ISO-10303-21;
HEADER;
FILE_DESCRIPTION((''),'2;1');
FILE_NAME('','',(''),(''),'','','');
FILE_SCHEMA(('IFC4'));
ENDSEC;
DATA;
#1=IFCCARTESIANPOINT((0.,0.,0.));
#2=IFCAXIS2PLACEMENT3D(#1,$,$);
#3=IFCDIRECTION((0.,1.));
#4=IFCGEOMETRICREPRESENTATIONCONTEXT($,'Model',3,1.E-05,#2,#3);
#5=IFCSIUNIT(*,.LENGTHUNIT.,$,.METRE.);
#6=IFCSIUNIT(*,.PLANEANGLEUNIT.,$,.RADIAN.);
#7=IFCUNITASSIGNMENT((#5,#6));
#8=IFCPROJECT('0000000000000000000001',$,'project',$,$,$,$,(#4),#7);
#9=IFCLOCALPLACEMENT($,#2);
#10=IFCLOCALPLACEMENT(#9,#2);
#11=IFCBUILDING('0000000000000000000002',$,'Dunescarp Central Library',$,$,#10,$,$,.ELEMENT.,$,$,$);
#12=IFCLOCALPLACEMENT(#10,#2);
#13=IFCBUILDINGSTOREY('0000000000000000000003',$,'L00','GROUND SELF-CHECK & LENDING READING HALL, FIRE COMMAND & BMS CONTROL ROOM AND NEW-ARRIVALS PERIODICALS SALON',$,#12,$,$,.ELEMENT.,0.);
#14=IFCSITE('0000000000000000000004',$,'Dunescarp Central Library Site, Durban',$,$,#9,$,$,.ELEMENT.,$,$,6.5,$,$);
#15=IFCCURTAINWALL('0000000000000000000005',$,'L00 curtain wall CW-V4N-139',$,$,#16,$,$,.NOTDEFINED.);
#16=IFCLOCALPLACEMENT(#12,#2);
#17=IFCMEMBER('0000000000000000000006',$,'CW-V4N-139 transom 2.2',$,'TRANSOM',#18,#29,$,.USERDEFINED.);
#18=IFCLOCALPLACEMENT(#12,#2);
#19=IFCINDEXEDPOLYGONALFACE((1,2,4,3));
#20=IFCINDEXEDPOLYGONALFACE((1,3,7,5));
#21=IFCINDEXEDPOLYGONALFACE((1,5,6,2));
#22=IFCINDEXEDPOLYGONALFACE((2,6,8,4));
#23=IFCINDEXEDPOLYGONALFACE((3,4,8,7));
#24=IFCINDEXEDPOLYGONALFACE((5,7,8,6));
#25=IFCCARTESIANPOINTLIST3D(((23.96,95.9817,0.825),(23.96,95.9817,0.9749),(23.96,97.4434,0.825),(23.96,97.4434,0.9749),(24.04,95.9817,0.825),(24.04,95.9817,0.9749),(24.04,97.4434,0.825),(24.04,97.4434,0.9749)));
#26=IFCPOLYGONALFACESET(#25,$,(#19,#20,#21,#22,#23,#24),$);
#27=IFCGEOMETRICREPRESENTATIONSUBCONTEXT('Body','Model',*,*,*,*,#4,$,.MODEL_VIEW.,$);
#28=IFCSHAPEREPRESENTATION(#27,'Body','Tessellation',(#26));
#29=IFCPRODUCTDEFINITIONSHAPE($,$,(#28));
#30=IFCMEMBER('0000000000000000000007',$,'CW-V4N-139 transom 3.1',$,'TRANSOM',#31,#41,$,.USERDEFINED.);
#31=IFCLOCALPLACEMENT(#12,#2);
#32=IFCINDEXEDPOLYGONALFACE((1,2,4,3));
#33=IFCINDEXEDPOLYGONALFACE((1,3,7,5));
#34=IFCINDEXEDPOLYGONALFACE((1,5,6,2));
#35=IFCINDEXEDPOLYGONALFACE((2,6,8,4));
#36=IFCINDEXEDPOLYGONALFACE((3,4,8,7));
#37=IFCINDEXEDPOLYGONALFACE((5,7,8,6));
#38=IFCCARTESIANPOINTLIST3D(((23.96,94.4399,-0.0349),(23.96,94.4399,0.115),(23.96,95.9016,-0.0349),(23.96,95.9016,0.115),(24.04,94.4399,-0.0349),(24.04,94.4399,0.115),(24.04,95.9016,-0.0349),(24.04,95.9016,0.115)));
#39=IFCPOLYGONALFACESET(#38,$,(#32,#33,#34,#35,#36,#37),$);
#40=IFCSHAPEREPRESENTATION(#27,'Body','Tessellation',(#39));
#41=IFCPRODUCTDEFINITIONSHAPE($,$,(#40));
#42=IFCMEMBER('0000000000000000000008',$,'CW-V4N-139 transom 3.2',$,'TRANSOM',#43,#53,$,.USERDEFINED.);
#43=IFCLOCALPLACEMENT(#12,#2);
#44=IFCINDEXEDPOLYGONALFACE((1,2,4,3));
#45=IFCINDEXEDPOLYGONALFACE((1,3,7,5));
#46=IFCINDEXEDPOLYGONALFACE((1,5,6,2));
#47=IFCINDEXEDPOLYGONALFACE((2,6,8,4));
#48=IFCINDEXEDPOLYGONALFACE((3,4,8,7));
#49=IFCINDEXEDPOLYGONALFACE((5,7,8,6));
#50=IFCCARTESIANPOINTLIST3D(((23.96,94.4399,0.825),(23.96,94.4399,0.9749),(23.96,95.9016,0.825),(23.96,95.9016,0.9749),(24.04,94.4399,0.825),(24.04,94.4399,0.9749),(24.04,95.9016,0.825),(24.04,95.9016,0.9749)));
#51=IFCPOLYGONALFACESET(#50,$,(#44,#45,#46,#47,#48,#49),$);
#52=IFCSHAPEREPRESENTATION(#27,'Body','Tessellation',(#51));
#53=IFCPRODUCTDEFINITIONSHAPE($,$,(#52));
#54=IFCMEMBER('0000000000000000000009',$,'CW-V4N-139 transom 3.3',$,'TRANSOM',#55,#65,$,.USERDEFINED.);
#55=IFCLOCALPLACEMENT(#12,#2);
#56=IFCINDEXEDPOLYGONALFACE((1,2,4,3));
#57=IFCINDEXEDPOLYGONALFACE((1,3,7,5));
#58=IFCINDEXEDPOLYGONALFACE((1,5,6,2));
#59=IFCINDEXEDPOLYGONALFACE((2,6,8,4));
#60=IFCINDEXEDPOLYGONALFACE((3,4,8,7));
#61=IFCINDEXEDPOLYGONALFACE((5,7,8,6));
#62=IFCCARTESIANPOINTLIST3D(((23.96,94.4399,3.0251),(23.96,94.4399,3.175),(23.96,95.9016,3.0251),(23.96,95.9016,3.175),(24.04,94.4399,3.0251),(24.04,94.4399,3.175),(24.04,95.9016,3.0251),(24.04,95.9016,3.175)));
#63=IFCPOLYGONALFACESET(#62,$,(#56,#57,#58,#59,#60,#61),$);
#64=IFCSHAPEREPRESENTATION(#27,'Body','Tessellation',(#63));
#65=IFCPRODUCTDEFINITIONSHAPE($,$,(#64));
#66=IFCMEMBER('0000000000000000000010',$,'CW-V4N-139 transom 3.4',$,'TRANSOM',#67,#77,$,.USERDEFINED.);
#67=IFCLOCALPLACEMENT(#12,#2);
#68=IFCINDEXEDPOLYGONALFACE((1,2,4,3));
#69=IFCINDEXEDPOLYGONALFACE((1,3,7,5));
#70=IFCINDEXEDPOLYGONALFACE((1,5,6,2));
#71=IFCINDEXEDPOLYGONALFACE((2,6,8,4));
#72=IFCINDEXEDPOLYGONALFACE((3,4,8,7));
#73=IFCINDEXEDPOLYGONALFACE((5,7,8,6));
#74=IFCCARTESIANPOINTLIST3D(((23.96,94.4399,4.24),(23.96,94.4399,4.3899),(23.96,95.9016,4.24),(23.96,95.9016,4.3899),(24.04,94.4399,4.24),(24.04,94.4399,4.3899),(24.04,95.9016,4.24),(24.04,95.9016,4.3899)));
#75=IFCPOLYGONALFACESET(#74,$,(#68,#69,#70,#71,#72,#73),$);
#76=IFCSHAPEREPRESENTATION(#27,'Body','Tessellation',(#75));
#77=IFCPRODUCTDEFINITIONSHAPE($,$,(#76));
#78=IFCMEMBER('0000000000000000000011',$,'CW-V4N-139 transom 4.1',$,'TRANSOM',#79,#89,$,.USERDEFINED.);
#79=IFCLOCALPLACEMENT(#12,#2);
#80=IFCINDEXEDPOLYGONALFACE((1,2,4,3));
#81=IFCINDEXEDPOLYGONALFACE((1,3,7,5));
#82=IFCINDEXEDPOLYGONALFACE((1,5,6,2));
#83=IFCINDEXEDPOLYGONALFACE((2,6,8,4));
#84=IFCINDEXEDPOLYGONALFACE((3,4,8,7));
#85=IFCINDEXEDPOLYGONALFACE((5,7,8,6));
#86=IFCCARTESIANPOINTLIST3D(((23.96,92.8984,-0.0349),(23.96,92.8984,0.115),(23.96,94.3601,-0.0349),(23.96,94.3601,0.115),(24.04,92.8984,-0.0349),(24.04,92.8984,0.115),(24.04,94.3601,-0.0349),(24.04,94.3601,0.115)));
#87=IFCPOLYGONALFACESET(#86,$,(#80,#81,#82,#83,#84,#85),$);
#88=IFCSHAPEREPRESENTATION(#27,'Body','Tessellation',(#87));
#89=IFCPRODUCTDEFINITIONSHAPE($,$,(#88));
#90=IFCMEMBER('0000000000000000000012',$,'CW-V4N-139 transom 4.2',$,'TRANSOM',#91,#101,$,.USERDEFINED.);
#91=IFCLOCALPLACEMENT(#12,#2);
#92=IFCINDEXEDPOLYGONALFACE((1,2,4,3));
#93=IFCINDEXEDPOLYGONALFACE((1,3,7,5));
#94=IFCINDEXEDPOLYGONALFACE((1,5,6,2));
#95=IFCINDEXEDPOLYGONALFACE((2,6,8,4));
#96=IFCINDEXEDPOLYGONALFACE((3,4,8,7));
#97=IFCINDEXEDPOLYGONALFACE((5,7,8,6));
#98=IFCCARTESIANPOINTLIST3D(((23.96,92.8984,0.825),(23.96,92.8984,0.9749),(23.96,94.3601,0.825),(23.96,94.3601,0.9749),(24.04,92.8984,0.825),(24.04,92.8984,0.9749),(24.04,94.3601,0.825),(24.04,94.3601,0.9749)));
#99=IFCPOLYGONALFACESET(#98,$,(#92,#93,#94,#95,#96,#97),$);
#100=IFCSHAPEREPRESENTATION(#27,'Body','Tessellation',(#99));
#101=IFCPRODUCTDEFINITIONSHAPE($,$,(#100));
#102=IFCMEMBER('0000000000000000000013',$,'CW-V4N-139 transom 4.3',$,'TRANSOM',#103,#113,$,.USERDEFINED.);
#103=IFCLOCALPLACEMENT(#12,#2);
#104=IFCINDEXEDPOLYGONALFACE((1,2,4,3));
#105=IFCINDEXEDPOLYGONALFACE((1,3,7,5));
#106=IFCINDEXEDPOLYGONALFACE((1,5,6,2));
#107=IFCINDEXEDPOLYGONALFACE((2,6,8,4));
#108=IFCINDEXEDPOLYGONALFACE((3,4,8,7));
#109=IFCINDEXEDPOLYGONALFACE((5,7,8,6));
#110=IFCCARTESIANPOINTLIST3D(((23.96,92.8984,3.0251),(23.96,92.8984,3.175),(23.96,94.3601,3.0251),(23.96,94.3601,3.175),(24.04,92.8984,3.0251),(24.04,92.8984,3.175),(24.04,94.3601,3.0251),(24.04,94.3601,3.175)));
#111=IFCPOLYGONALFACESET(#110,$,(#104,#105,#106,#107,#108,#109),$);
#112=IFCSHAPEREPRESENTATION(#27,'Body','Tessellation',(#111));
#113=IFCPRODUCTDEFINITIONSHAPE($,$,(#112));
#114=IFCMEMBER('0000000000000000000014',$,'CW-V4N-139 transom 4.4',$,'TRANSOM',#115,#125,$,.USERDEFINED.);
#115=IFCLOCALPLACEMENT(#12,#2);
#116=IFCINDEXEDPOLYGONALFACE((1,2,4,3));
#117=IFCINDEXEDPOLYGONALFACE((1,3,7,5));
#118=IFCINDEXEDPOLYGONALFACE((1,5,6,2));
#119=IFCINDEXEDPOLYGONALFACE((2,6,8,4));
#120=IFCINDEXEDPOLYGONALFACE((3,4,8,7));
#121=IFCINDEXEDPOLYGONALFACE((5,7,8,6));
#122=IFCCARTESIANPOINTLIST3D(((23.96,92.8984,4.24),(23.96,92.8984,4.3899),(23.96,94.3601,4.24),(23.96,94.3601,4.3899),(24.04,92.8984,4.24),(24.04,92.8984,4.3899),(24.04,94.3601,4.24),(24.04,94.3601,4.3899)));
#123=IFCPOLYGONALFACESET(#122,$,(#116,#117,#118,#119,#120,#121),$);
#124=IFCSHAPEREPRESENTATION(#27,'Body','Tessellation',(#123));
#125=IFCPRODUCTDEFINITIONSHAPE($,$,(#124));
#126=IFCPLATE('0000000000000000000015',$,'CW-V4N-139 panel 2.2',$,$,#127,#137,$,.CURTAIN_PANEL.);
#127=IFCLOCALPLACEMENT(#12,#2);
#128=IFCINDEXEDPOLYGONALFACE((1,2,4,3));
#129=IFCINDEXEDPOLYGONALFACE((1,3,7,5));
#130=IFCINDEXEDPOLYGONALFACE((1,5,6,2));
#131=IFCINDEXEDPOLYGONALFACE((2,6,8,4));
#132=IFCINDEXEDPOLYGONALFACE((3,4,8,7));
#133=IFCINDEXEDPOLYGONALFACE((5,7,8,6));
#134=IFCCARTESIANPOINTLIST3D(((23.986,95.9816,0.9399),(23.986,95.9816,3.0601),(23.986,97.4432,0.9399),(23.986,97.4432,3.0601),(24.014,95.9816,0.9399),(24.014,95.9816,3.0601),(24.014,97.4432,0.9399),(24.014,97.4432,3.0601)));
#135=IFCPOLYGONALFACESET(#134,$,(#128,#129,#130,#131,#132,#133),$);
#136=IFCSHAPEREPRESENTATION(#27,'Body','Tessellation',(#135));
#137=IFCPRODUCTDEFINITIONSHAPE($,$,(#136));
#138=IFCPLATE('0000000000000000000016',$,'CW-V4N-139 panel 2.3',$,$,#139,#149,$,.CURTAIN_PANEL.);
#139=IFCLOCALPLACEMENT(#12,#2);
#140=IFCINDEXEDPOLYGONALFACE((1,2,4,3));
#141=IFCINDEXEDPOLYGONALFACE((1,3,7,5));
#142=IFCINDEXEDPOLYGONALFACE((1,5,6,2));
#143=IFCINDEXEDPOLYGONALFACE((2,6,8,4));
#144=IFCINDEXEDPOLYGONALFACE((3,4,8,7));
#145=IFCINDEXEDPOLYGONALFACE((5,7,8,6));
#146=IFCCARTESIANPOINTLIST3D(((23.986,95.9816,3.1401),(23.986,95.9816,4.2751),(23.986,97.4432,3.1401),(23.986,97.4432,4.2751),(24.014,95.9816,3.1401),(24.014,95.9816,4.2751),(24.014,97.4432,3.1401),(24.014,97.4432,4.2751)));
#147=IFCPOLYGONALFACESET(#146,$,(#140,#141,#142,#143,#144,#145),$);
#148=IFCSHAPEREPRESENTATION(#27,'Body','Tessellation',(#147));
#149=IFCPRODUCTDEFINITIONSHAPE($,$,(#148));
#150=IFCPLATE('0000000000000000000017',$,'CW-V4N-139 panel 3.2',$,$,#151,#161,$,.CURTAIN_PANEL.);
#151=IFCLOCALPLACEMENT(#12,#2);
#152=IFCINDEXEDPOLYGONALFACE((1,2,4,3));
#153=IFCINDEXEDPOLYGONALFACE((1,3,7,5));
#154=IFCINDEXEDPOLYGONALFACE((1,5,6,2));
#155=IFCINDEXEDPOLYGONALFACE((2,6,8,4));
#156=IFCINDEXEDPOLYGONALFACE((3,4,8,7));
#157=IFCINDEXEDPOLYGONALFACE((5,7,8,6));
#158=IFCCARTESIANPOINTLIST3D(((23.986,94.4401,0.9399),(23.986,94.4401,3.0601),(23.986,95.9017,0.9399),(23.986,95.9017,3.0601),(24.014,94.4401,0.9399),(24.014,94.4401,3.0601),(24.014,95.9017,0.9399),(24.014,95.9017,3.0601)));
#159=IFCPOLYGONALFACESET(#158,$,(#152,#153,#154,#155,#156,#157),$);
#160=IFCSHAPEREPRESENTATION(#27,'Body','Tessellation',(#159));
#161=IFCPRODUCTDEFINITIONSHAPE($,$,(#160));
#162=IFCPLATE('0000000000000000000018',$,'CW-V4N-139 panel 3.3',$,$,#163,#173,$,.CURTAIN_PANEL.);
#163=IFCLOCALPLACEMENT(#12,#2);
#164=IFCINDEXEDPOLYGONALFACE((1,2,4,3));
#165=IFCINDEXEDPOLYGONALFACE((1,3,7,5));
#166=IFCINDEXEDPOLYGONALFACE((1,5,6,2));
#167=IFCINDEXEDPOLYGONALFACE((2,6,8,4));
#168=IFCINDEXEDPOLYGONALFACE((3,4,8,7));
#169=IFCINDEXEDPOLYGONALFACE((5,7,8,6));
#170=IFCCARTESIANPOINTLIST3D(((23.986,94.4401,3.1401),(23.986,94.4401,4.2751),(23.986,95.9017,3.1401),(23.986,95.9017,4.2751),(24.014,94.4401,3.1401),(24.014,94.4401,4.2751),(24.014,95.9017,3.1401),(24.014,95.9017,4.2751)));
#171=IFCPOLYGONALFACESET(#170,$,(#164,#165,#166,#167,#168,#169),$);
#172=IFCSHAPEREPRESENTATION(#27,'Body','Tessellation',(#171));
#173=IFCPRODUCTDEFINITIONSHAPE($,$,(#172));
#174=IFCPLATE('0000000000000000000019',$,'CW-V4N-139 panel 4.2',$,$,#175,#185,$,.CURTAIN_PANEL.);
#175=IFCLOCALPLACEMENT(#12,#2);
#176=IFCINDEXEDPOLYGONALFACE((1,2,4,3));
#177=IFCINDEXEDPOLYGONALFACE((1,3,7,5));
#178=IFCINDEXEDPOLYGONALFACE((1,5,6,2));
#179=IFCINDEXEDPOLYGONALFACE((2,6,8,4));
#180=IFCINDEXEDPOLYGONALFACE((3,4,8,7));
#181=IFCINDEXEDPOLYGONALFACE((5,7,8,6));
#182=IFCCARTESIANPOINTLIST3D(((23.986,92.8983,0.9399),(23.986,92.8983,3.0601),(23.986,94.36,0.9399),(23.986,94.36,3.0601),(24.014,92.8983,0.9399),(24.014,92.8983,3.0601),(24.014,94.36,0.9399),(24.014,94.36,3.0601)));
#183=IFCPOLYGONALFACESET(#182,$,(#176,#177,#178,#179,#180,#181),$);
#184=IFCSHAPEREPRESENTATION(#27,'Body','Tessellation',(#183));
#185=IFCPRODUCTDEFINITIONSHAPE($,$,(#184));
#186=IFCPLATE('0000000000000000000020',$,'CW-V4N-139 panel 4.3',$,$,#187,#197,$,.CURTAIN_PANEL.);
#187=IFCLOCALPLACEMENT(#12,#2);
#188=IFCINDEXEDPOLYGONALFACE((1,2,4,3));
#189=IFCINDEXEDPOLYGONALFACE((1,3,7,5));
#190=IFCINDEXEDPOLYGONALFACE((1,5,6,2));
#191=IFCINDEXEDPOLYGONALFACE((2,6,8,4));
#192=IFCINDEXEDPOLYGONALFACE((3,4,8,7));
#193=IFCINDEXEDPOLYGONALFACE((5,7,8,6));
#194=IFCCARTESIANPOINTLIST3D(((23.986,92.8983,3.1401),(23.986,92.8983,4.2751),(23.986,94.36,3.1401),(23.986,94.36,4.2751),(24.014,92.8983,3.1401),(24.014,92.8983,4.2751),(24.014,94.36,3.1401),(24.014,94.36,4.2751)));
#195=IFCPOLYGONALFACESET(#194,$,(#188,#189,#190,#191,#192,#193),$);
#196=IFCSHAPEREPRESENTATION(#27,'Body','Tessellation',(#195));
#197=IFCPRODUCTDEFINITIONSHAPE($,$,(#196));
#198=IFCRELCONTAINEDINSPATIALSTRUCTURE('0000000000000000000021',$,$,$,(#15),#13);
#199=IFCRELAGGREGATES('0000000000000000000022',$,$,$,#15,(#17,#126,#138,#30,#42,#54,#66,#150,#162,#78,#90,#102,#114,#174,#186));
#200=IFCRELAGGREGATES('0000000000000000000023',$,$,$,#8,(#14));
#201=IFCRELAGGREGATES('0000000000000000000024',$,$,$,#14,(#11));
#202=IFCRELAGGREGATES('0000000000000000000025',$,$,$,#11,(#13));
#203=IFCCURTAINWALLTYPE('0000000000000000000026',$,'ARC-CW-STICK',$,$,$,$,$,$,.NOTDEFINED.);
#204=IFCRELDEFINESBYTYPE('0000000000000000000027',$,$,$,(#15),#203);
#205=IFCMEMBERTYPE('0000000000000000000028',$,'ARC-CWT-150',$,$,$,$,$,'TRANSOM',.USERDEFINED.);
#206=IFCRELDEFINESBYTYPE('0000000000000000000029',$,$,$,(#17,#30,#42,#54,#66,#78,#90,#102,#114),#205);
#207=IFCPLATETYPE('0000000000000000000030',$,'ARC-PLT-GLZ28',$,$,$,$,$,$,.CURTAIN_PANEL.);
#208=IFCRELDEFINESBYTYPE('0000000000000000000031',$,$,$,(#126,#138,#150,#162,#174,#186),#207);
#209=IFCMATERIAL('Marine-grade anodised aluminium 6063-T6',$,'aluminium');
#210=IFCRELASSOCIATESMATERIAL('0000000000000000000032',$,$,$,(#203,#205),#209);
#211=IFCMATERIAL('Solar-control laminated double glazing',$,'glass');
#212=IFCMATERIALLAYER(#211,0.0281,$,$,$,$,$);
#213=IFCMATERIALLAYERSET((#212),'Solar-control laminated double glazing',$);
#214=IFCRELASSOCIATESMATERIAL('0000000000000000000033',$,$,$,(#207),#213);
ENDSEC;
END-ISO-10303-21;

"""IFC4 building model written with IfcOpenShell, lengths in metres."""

from ifc_helpers import new_model, si_unit, direction, frame, origin, origin_2d, place, context, subcontext, project, spatial, rectangle, extrude, material, layer, layer_set, material_profile, profile_set, type_object, element, aggregate, save


model = new_model("IFC4")

# Units and contexts
model_context = context("Model", 3, precision=1e-05, world=origin(), true_north=direction((0.0, 1.0)))
body_context = subcontext(model_context, "Body", "Model", "MODEL_VIEW")
ifc_project = project(units=[si_unit("LENGTHUNIT", "METRE"), si_unit("PLANEANGLEUNIT", "RADIAN")], contexts=[model_context])

# Site, building, storey
site_placement = place(None, origin())
site = spatial("IfcSite", under=ifc_project, at=site_placement, Name="Dunescarp Central Library Site, Durban", CompositionType="ELEMENT", RefElevation=6.5)
building_placement = place(site_placement, origin())
building = spatial("IfcBuilding", under=site, at=building_placement, Name="Dunescarp Central Library", CompositionType="ELEMENT")
storey_placement = place(building_placement, origin())
storey = spatial("IfcBuildingStorey", under=building, at=storey_placement, Name="L00", Description="GROUND SELF-CHECK & LENDING READING HALL, FIRE COMMAND & BMS CONTROL ROOM AND NEW-ARRIVALS PERIODICALS SALON", CompositionType="ELEMENT", Elevation=0.0)

# Curtain wall, members, plates
ifc_material_1 = material(Name="Marine-grade anodised aluminium 6063-T6", Category="aluminium")
curtain_wall_type = type_object("IfcCurtainWallType", Name="ARC-CW-STICK", PredefinedType="NOTDEFINED", material=ifc_material_1)
curtain_wall_placement = place(storey_placement, origin())
curtain_wall = element("IfcCurtainWall", 1, at=curtain_wall_placement, inside=storey, type_object=curtain_wall_type, Name="L00 curtain wall CW-V4N-139", PredefinedType="NOTDEFINED")
ifc_material_profile_1 = material_profile(ifc_material_1, rectangle(XDim=0.0801, YDim=0.1499, at=origin_2d()), Name="AL 80x150")
ifc_profile_set_1 = profile_set([ifc_material_profile_1], Name="Marine-grade anodised aluminium 6063-T6")
member_type_1 = type_object("IfcMemberType", Name="ARC-CWT-150", ElementType="TRANSOM", PredefinedType="USERDEFINED", material=ifc_profile_set_1)
member_1_placement = place(storey_placement, frame((24.0, 97.4434, 0.8999), z_axis=(0.0, -1.0, 0.0), x_axis=(1.0, 0.0, 0.0)))
member_1 = element("IfcMember", 2, at=member_1_placement, type_object=member_type_1, Name="CW-V4N-139 transom 2.2", ObjectType="TRANSOM", PredefinedType="USERDEFINED", context=body_context, shape_type="SweptSolid", body=[
    extrude(rectangle(XDim=0.0801, YDim=0.1499, at=origin_2d()), origin(), (0.0, 0.0, 1.0), 1.4617),
])
member_2_placement = place(storey_placement, frame((24.0, 95.9016, 0.04), z_axis=(0.0, -1.0, 0.0), x_axis=(1.0, 0.0, 0.0)))
member_2 = element("IfcMember", 3, at=member_2_placement, type_object=member_type_1, Name="CW-V4N-139 transom 3.1", ObjectType="TRANSOM", PredefinedType="USERDEFINED", context=body_context, shape_type="SweptSolid", body=[
    extrude(rectangle(XDim=0.0801, YDim=0.1499, at=origin_2d()), origin(), (0.0, 0.0, 1.0), 1.4617),
])
member_3_placement = place(storey_placement, frame((24.0, 95.9016, 0.8999), z_axis=(0.0, -1.0, 0.0), x_axis=(1.0, 0.0, 0.0)))
member_3 = element("IfcMember", 4, at=member_3_placement, type_object=member_type_1, Name="CW-V4N-139 transom 3.2", ObjectType="TRANSOM", PredefinedType="USERDEFINED", context=body_context, shape_type="SweptSolid", body=[
    extrude(rectangle(XDim=0.0801, YDim=0.1499, at=origin_2d()), origin(), (0.0, 0.0, 1.0), 1.4617),
])
member_4_placement = place(storey_placement, frame((24.0, 95.9016, 3.1001), z_axis=(0.0, -1.0, 0.0), x_axis=(1.0, 0.0, 0.0)))
member_4 = element("IfcMember", 5, at=member_4_placement, type_object=member_type_1, Name="CW-V4N-139 transom 3.3", ObjectType="TRANSOM", PredefinedType="USERDEFINED", context=body_context, shape_type="SweptSolid", body=[
    extrude(rectangle(XDim=0.0801, YDim=0.1499, at=origin_2d()), origin(), (0.0, 0.0, 1.0), 1.4617),
])
member_5_placement = place(storey_placement, frame((24.0, 95.9016, 4.3149), z_axis=(0.0, -1.0, 0.0), x_axis=(1.0, 0.0, 0.0)))
member_5 = element("IfcMember", 6, at=member_5_placement, type_object=member_type_1, Name="CW-V4N-139 transom 3.4", ObjectType="TRANSOM", PredefinedType="USERDEFINED", context=body_context, shape_type="SweptSolid", body=[
    extrude(rectangle(XDim=0.0801, YDim=0.1499, at=origin_2d()), origin(), (0.0, 0.0, 1.0), 1.4617),
])
member_6_placement = place(storey_placement, frame((24.0, 94.3601, 0.04), z_axis=(0.0, -1.0, 0.0), x_axis=(1.0, 0.0, 0.0)))
member_6 = element("IfcMember", 7, at=member_6_placement, type_object=member_type_1, Name="CW-V4N-139 transom 4.1", ObjectType="TRANSOM", PredefinedType="USERDEFINED", context=body_context, shape_type="SweptSolid", body=[
    extrude(rectangle(XDim=0.0801, YDim=0.1499, at=origin_2d()), origin(), (0.0, 0.0, 1.0), 1.4617),
])
member_7_placement = place(storey_placement, frame((24.0, 94.3601, 0.8999), z_axis=(0.0, -1.0, 0.0), x_axis=(1.0, 0.0, 0.0)))
member_7 = element("IfcMember", 8, at=member_7_placement, type_object=member_type_1, Name="CW-V4N-139 transom 4.2", ObjectType="TRANSOM", PredefinedType="USERDEFINED", context=body_context, shape_type="SweptSolid", body=[
    extrude(rectangle(XDim=0.0801, YDim=0.1499, at=origin_2d()), origin(), (0.0, 0.0, 1.0), 1.4617),
])
member_8_placement = place(storey_placement, frame((24.0, 94.3601, 3.1001), z_axis=(0.0, -1.0, 0.0), x_axis=(1.0, 0.0, 0.0)))
member_8 = element("IfcMember", 9, at=member_8_placement, type_object=member_type_1, Name="CW-V4N-139 transom 4.3", ObjectType="TRANSOM", PredefinedType="USERDEFINED", context=body_context, shape_type="SweptSolid", body=[
    extrude(rectangle(XDim=0.0801, YDim=0.1499, at=origin_2d()), origin(), (0.0, 0.0, 1.0), 1.4617),
])
member_9_placement = place(storey_placement, frame((24.0, 94.3601, 4.3149), z_axis=(0.0, -1.0, 0.0), x_axis=(1.0, 0.0, 0.0)))
member_9 = element("IfcMember", 10, at=member_9_placement, type_object=member_type_1, Name="CW-V4N-139 transom 4.4", ObjectType="TRANSOM", PredefinedType="USERDEFINED", context=body_context, shape_type="SweptSolid", body=[
    extrude(rectangle(XDim=0.0801, YDim=0.1499, at=origin_2d()), origin(), (0.0, 0.0, 1.0), 1.4617),
])
ifc_material_2 = material(Name="Solar-control laminated double glazing", Category="glass")
ifc_layer_1 = layer(ifc_material_2, 0.0281)
ifc_layer_set_1 = layer_set([ifc_layer_1], Name="Solar-control laminated double glazing")
plate_type_1 = type_object("IfcPlateType", Name="ARC-PLT-GLZ28", PredefinedType="CURTAIN_PANEL", material=ifc_layer_set_1)
plate_1_placement = place(storey_placement, frame((24.0, 96.7124, 0.9399), z_axis=(0.0, 0.0, 1.0), x_axis=(0.0, -1.0, 0.0)))
plate_1 = element("IfcPlate", 11, at=plate_1_placement, type_object=plate_type_1, Name="CW-V4N-139 panel 2.2", PredefinedType="CURTAIN_PANEL", context=body_context, shape_type="SweptSolid", body=[
    extrude(rectangle(XDim=1.4617, YDim=0.0281, at=origin_2d()), origin(), (0.0, 0.0, 1.0), 2.1201),
])
plate_2_placement = place(storey_placement, frame((24.0, 96.7124, 3.1401), z_axis=(0.0, 0.0, 1.0), x_axis=(0.0, -1.0, 0.0)))
plate_2 = element("IfcPlate", 12, at=plate_2_placement, type_object=plate_type_1, Name="CW-V4N-139 panel 2.3", PredefinedType="CURTAIN_PANEL", context=body_context, shape_type="SweptSolid", body=[
    extrude(rectangle(XDim=1.4617, YDim=0.0281, at=origin_2d()), origin(), (0.0, 0.0, 1.0), 1.135),
])
plate_3_placement = place(storey_placement, frame((24.0, 95.1709, 0.9399), z_axis=(0.0, 0.0, 1.0), x_axis=(0.0, -1.0, 0.0)))
plate_3 = element("IfcPlate", 13, at=plate_3_placement, type_object=plate_type_1, Name="CW-V4N-139 panel 3.2", PredefinedType="CURTAIN_PANEL", context=body_context, shape_type="SweptSolid", body=[
    extrude(rectangle(XDim=1.4617, YDim=0.0281, at=origin_2d()), origin(), (0.0, 0.0, 1.0), 2.1201),
])
plate_4_placement = place(storey_placement, frame((24.0, 95.1709, 3.1401), z_axis=(0.0, 0.0, 1.0), x_axis=(0.0, -1.0, 0.0)))
plate_4 = element("IfcPlate", 14, at=plate_4_placement, type_object=plate_type_1, Name="CW-V4N-139 panel 3.3", PredefinedType="CURTAIN_PANEL", context=body_context, shape_type="SweptSolid", body=[
    extrude(rectangle(XDim=1.4617, YDim=0.0281, at=origin_2d()), origin(), (0.0, 0.0, 1.0), 1.135),
])
plate_5_placement = place(storey_placement, frame((24.0, 93.6292, 0.9399), z_axis=(0.0, 0.0, 1.0), x_axis=(0.0, -1.0, 0.0)))
plate_5 = element("IfcPlate", 15, at=plate_5_placement, type_object=plate_type_1, Name="CW-V4N-139 panel 4.2", PredefinedType="CURTAIN_PANEL", context=body_context, shape_type="SweptSolid", body=[
    extrude(rectangle(XDim=1.4617, YDim=0.0281, at=origin_2d()), origin(), (0.0, 0.0, 1.0), 2.1201),
])
plate_6_placement = place(storey_placement, frame((24.0, 93.6292, 3.1401), z_axis=(0.0, 0.0, 1.0), x_axis=(0.0, -1.0, 0.0)))
plate_6 = element("IfcPlate", 16, at=plate_6_placement, type_object=plate_type_1, Name="CW-V4N-139 panel 4.3", PredefinedType="CURTAIN_PANEL", context=body_context, shape_type="SweptSolid", body=[
    extrude(rectangle(XDim=1.4617, YDim=0.0281, at=origin_2d()), origin(), (0.0, 0.0, 1.0), 1.135),
])
aggregate(curtain_wall, [member_1, plate_1, plate_2, member_2, member_3, member_4, member_5, plate_3, plate_4, member_6, member_7, member_8, member_9, plate_5, plate_6])

save(model, "model.ifc")
